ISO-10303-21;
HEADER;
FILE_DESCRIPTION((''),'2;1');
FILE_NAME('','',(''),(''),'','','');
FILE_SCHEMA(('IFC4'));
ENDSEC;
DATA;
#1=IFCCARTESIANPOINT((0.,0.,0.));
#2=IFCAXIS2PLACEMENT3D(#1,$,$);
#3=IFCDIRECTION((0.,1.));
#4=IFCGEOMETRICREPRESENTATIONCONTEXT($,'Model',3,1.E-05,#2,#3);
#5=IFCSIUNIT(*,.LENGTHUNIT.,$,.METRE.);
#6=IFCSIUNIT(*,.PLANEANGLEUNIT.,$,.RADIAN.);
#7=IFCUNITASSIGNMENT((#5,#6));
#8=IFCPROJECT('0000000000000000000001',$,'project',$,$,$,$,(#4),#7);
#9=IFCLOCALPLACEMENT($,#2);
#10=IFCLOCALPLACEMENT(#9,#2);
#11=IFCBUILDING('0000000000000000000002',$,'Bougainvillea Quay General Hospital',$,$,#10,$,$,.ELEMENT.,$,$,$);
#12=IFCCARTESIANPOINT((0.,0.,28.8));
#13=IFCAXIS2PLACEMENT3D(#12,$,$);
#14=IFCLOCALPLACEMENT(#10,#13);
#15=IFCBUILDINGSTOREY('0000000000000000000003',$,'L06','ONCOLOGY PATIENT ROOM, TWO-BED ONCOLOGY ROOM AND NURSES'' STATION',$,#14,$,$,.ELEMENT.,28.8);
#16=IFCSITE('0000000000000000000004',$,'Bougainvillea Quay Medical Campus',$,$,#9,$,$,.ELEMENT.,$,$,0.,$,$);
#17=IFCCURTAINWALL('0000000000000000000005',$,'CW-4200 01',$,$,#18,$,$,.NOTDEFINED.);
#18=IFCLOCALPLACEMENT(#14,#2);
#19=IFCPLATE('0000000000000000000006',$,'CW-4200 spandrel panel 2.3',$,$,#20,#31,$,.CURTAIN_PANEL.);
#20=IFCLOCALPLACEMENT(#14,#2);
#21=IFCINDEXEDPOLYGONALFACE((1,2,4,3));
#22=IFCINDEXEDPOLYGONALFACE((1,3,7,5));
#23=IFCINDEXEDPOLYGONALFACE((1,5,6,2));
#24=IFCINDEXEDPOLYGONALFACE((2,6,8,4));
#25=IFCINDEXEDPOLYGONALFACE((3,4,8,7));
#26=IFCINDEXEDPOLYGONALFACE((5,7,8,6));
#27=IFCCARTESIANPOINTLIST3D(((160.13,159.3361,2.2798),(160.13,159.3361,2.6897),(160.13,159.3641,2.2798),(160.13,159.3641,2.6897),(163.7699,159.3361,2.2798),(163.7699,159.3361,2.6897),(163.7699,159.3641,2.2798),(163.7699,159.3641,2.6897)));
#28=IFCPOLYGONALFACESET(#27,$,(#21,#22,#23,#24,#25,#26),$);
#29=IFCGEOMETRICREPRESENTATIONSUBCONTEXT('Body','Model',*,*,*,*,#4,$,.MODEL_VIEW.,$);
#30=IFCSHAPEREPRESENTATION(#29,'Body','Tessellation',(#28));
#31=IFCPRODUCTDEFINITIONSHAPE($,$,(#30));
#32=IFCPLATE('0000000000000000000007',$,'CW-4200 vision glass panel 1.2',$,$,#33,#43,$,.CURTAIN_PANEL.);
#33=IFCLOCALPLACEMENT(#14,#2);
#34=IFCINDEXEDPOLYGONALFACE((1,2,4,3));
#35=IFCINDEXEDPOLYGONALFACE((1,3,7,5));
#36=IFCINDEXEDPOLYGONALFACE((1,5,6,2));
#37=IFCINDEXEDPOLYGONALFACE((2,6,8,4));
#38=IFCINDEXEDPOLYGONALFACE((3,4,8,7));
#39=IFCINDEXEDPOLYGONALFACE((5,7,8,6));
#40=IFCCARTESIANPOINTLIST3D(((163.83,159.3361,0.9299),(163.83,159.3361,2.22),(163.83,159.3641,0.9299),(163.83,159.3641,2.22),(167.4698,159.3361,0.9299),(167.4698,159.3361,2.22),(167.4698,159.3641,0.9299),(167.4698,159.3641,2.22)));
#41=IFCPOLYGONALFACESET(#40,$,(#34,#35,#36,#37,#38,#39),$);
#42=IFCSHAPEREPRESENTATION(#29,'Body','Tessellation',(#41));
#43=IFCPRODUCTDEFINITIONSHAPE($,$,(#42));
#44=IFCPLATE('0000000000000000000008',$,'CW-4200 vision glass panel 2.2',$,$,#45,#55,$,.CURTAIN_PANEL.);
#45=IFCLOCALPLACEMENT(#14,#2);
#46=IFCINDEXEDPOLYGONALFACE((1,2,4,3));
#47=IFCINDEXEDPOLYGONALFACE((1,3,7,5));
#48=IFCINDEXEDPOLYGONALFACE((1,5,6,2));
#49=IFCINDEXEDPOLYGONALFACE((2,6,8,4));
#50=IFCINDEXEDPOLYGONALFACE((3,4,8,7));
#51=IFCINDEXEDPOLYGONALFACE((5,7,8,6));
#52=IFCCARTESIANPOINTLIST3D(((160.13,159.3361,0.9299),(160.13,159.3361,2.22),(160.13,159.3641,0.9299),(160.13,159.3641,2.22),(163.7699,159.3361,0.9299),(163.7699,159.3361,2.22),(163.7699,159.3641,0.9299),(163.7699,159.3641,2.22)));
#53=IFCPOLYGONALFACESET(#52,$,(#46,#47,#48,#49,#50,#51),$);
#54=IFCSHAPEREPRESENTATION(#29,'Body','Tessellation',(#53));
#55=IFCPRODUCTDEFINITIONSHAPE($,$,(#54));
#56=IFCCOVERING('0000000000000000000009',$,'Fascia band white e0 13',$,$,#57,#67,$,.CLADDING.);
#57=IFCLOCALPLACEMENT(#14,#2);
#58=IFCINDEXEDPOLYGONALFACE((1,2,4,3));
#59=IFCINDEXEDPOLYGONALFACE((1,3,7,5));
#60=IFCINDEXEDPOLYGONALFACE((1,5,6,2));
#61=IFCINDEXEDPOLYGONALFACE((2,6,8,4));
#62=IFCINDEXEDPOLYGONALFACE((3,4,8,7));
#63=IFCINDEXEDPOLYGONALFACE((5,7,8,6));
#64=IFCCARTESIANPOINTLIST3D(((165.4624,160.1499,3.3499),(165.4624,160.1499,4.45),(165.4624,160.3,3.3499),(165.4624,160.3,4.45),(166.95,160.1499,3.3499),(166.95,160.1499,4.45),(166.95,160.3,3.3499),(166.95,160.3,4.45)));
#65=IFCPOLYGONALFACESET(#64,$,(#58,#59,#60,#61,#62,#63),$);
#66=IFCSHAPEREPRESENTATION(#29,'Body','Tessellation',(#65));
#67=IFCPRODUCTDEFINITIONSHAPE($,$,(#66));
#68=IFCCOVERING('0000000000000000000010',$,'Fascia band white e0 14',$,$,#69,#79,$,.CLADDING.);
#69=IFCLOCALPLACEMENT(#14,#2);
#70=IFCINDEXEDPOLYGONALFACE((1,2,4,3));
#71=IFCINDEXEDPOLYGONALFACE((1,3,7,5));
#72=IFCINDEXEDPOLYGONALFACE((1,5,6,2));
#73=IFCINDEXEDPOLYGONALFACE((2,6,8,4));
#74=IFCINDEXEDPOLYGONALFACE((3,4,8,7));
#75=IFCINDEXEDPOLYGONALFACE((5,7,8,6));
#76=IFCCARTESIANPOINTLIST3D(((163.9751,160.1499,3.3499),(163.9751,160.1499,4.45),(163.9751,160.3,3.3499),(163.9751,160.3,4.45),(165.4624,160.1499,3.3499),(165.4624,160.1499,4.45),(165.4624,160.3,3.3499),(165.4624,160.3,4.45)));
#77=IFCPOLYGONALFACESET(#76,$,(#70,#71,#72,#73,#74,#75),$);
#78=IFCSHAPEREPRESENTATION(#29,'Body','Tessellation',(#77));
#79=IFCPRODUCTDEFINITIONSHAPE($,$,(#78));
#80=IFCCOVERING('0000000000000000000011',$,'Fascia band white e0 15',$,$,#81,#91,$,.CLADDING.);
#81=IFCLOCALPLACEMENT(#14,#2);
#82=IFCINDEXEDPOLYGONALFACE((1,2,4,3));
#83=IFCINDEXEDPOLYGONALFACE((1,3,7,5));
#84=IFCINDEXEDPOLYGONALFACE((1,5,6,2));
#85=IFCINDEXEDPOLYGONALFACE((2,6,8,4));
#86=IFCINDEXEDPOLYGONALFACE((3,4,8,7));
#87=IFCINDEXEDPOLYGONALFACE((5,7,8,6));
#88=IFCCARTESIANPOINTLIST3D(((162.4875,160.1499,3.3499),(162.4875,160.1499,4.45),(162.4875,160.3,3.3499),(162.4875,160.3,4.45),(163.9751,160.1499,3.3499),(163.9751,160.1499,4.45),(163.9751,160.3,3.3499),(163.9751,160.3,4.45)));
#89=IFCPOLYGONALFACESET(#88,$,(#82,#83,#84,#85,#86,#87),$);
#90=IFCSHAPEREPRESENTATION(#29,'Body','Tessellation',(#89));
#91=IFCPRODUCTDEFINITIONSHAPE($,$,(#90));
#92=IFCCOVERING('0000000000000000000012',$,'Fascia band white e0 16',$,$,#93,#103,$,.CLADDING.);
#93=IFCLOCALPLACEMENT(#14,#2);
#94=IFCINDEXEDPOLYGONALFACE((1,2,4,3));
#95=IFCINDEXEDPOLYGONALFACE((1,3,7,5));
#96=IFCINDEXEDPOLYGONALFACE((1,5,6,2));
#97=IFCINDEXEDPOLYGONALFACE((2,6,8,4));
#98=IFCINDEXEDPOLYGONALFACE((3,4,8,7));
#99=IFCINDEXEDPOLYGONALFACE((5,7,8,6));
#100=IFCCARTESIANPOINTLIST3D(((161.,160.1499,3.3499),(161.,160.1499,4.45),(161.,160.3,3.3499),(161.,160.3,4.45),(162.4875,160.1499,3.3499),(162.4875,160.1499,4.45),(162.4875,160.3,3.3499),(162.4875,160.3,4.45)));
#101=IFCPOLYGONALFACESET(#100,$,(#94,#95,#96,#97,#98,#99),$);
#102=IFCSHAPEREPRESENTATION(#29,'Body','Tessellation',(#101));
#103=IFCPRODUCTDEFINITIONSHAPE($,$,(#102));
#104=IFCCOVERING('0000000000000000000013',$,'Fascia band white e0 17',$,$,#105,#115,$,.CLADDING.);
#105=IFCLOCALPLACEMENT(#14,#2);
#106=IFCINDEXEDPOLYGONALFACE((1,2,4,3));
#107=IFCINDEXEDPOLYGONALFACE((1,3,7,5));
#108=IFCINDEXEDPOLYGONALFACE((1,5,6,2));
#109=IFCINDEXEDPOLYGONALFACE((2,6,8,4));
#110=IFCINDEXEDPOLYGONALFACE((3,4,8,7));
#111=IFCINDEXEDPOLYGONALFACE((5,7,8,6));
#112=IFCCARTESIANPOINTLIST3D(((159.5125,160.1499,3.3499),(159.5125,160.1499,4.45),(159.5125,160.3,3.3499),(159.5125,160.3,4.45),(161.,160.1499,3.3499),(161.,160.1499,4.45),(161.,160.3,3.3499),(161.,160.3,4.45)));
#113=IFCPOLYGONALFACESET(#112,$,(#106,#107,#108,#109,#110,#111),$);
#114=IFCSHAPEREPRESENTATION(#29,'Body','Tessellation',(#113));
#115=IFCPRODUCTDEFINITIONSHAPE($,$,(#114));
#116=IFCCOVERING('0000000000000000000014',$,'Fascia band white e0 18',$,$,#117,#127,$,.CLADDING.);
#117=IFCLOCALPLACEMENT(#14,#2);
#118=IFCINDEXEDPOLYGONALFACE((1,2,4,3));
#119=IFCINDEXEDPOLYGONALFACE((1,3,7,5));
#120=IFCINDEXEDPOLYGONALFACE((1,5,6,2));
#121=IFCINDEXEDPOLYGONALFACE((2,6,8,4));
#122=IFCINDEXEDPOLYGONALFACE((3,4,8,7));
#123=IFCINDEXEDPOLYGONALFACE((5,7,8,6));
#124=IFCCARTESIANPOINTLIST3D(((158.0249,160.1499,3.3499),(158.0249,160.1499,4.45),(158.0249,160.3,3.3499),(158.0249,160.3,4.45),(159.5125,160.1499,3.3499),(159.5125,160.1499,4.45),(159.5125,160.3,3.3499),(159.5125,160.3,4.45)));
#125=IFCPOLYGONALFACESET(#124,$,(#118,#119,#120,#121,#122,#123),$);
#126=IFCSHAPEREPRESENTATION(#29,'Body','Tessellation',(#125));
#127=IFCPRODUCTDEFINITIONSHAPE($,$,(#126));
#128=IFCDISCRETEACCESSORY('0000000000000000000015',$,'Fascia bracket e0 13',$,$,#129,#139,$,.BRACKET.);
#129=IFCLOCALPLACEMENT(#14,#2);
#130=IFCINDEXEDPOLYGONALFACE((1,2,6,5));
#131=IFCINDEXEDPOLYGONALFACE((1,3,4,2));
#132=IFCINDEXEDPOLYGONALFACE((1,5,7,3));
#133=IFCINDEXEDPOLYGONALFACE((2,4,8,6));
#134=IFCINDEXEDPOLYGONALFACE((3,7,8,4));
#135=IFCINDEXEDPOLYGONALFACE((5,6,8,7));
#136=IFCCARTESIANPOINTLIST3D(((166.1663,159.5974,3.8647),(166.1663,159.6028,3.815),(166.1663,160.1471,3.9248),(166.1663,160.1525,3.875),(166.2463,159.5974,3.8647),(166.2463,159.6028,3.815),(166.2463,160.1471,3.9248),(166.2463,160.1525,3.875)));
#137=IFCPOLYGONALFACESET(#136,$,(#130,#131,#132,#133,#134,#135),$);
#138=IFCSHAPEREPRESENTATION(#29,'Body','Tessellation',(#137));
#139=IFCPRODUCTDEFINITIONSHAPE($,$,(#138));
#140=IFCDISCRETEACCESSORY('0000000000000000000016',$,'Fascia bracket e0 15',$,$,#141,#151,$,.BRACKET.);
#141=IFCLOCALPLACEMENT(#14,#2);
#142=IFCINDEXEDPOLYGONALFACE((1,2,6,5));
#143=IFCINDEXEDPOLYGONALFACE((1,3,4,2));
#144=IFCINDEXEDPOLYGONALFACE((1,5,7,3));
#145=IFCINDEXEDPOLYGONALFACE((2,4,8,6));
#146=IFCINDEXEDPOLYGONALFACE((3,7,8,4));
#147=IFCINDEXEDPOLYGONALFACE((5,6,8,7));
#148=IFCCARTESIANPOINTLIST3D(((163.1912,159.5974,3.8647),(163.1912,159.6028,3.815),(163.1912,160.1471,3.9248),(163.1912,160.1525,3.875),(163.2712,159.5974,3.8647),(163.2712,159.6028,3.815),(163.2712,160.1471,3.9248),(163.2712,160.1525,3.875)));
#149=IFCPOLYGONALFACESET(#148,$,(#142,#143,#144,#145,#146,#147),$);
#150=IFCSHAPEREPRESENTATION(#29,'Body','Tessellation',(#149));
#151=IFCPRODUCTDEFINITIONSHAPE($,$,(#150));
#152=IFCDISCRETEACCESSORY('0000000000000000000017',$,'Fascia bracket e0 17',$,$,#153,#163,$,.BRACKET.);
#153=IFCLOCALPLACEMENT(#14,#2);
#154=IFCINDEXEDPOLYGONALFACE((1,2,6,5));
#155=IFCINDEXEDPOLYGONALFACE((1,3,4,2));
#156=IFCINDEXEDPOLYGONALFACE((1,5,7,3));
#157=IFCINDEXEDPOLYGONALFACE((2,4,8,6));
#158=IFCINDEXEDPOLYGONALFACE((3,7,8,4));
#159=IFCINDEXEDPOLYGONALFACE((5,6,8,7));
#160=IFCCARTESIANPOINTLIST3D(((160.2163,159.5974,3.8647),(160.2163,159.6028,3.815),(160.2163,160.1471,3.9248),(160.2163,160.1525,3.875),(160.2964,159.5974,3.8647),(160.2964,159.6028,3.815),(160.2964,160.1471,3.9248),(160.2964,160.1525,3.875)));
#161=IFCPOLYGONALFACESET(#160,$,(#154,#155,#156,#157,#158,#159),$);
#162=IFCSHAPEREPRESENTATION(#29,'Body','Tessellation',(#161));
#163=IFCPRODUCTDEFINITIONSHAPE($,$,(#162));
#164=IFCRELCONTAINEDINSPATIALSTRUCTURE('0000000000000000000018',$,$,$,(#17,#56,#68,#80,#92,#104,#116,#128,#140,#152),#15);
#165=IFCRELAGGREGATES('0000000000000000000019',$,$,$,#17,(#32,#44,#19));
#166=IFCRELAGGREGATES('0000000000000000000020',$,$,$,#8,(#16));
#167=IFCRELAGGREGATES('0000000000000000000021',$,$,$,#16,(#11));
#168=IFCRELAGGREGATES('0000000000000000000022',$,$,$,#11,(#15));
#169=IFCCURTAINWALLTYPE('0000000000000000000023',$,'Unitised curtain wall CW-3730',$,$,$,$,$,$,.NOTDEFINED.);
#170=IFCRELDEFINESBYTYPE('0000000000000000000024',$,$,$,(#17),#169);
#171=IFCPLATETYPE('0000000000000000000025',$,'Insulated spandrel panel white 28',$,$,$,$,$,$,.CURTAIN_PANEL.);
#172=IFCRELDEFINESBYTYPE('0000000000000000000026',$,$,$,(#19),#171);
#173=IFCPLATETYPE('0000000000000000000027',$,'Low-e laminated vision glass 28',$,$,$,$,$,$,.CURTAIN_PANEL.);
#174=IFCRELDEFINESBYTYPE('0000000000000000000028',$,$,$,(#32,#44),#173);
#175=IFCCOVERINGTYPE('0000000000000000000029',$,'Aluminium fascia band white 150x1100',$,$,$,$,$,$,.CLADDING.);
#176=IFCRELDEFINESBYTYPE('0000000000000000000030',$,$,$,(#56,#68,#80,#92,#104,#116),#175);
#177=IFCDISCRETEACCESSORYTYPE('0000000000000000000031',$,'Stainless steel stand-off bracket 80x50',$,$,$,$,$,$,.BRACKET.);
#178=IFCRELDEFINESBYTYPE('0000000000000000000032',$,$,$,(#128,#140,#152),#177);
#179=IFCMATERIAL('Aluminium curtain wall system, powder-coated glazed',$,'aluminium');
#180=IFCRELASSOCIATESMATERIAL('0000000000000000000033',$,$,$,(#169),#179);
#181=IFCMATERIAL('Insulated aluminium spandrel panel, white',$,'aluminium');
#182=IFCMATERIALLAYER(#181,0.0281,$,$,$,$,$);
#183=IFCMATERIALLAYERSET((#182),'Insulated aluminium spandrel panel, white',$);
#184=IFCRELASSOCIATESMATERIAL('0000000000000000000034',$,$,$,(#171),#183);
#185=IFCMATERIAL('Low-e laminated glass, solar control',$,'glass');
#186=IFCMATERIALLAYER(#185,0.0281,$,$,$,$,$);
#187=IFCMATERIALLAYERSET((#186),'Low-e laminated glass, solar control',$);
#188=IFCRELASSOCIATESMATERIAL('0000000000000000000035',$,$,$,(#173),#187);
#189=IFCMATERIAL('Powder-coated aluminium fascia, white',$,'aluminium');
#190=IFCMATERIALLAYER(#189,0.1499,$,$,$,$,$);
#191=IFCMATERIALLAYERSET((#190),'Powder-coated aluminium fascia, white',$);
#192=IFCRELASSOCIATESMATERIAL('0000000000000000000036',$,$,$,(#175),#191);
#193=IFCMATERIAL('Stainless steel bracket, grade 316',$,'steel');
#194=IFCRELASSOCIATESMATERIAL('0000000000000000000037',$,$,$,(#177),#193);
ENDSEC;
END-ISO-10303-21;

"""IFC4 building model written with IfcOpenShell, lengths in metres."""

from ifc_helpers import new_model, si_unit, direction, frame, origin, origin_2d, place, context, subcontext, project, spatial, polyline, rectangle, outline, extrude, material, layer, layer_set, material_profile, profile_set, type_object, element, aggregate, save


model = new_model("IFC4")

# Units and contexts
model_context = context("Model", 3, precision=1e-05, world=origin(), true_north=direction((0.0, 1.0)))
body_context = subcontext(model_context, "Body", "Model", "MODEL_VIEW")
ifc_project = project(units=[si_unit("LENGTHUNIT", "METRE"), si_unit("PLANEANGLEUNIT", "RADIAN")], contexts=[model_context])

# Site, building, storey
site_placement = place(None, origin())
site = spatial("IfcSite", under=ifc_project, at=site_placement, Name="Bougainvillea Quay Medical Campus", CompositionType="ELEMENT", RefElevation=0.0)
building_placement = place(site_placement, origin())
building = spatial("IfcBuilding", under=site, at=building_placement, Name="Bougainvillea Quay General Hospital", CompositionType="ELEMENT")
storey_placement = place(building_placement, frame((0.0, 0.0, 28.8)))
storey = spatial("IfcBuildingStorey", under=building, at=storey_placement, Name="L06", Description="ONCOLOGY PATIENT ROOM, TWO-BED ONCOLOGY ROOM AND NURSES' STATION", CompositionType="ELEMENT", Elevation=28.8)

# Curtain wall
ifc_material_1 = material(Name="Aluminium curtain wall system, powder-coated glazed", Category="aluminium")
curtain_wall_type = type_object("IfcCurtainWallType", Name="Unitised curtain wall CW-3730", PredefinedType="NOTDEFINED", material=ifc_material_1)
curtain_wall_placement = place(storey_placement, origin())
curtain_wall = element("IfcCurtainWall", 1, at=curtain_wall_placement, inside=storey, type_object=curtain_wall_type, Name="CW-4200 01", PredefinedType="NOTDEFINED")

# Plates
ifc_material_2 = material(Name="Insulated aluminium spandrel panel, white", Category="aluminium")
ifc_layer_1 = layer(ifc_material_2, 0.0281)
ifc_layer_set_1 = layer_set([ifc_layer_1], Name="Insulated aluminium spandrel panel, white")
plate_type_1 = type_object("IfcPlateType", Name="Insulated spandrel panel white 28", PredefinedType="CURTAIN_PANEL", material=ifc_layer_set_1)
plate_1_placement = place(storey_placement, frame((161.95, 159.3501, 2.2798), z_axis=(0.0, 0.0, 1.0), x_axis=(-1.0, 0.0, 0.0)))
plate_1 = element("IfcPlate", 2, at=plate_1_placement, type_object=plate_type_1, Name="CW-4200 spandrel panel 2.3", PredefinedType="CURTAIN_PANEL", context=body_context, shape_type="SweptSolid", body=[
    extrude(rectangle(XDim=3.6399, YDim=0.0281, at=origin_2d()), origin(), (0.0, 0.0, 1.0), 0.4099),
])
ifc_material_3 = material(Name="Low-e laminated glass, solar control", Category="glass")
ifc_layer_2 = layer(ifc_material_3, 0.0281)
ifc_layer_set_2 = layer_set([ifc_layer_2], Name="Low-e laminated glass, solar control")
plate_type_2 = type_object("IfcPlateType", Name="Low-e laminated vision glass 28", PredefinedType="CURTAIN_PANEL", material=ifc_layer_set_2)
plate_2_placement = place(storey_placement, frame((165.6499, 159.3501, 0.9299), z_axis=(0.0, 0.0, 1.0), x_axis=(-1.0, 0.0, 0.0)))
plate_2 = element("IfcPlate", 3, at=plate_2_placement, type_object=plate_type_2, Name="CW-4200 vision glass panel 1.2", PredefinedType="CURTAIN_PANEL", context=body_context, shape_type="SweptSolid", body=[
    extrude(rectangle(XDim=3.6399, YDim=0.0281, at=origin_2d()), origin(), (0.0, 0.0, 1.0), 1.29),
])
plate_3_placement = place(storey_placement, frame((161.95, 159.3501, 0.9299), z_axis=(0.0, 0.0, 1.0), x_axis=(-1.0, 0.0, 0.0)))
plate_3 = element("IfcPlate", 4, at=plate_3_placement, type_object=plate_type_2, Name="CW-4200 vision glass panel 2.2", PredefinedType="CURTAIN_PANEL", context=body_context, shape_type="SweptSolid", body=[
    extrude(rectangle(XDim=3.6399, YDim=0.0281, at=origin_2d()), origin(), (0.0, 0.0, 1.0), 1.29),
])
aggregate(curtain_wall, [plate_2, plate_3, plate_1])

# Coverings
ifc_material_4 = material(Name="Powder-coated aluminium fascia, white", Category="aluminium")
ifc_layer_3 = layer(ifc_material_4, 0.1499)
ifc_layer_set_3 = layer_set([ifc_layer_3], Name="Powder-coated aluminium fascia, white")
covering_type = type_object("IfcCoveringType", Name="Aluminium fascia band white 150x1100", PredefinedType="CLADDING", material=ifc_layer_set_3)
covering_1_placement = place(storey_placement, frame((166.95, 160.1499, 3.3499), z_axis=(0.0, 0.0, 1.0), x_axis=(-1.0, 0.0, 0.0)))
element("IfcCovering", 5, at=covering_1_placement, inside=storey, type_object=covering_type, Name="Fascia band white e0 13", PredefinedType="CLADDING", context=body_context, shape_type="SweptSolid", body=[
    extrude(outline(polyline([(0.0, 0.0), (1.4875, 0.0), (1.4875, -0.1501), (0.0, -0.1501), (0.0, 0.0)])), origin(), (0.0, 0.0, 1.0), 1.1001),
])
covering_2_placement = place(storey_placement, frame((165.4624, 160.1499, 3.3499), z_axis=(0.0, 0.0, 1.0), x_axis=(-1.0, 0.0, 0.0)))
element("IfcCovering", 6, at=covering_2_placement, inside=storey, type_object=covering_type, Name="Fascia band white e0 14", PredefinedType="CLADDING", context=body_context, shape_type="SweptSolid", body=[
    extrude(outline(polyline([(0.0, 0.0), (1.4873, 0.0), (1.4873, -0.1501), (0.0, -0.1501), (0.0, 0.0)])), origin(), (0.0, 0.0, 1.0), 1.1001),
])
for number, where, z_axis, x_axis, name in (
    (7, (163.9751, 160.1499, 3.3499), (0.0, 0.0, 1.0), (-1.0, 0.0, 0.0), "Fascia band white e0 15"),
    (8, (162.4875, 160.1499, 3.3499), (0.0, 0.0, 1.0), (-1.0, 0.0, 0.0), "Fascia band white e0 16"),
    (9, (161.0, 160.1499, 3.3499), (0.0, 0.0, 1.0), (-1.0, 0.0, 0.0), "Fascia band white e0 17"),
    (10, (159.5125, 160.1499, 3.3499), (0.0, 0.0, 1.0), (-1.0, 0.0, 0.0), "Fascia band white e0 18"),
):
    element("IfcCovering", number, at=place(storey_placement, frame(where, z_axis=z_axis, x_axis=x_axis)), inside=storey, type_object=covering_type, Name=name, PredefinedType="CLADDING", context=body_context, shape_type="SweptSolid", body=[
        extrude(outline(polyline([(0.0, 0.0), (1.4875, 0.0), (1.4875, -0.1501), (0.0, -0.1501), (0.0, 0.0)])), origin(), (0.0, 0.0, 1.0), 1.1001),
    ])

# Discrete accessories
ifc_material_5 = material(Name="Stainless steel bracket, grade 316", Category="steel")
ifc_material_profile_1 = material_profile(ifc_material_5, rectangle(XDim=0.0801, YDim=0.05, at=origin_2d()))
ifc_profile_set_1 = profile_set([ifc_material_profile_1], Name="Stainless steel bracket, grade 316")
discrete_accessory_type = type_object("IfcDiscreteAccessoryType", Name="Stainless steel stand-off bracket 80x50", PredefinedType="BRACKET", material=ifc_profile_set_1)
for number, where, z_axis, x_axis, name in (
    (11, (166.2063, 159.6001, 3.8398), (0.0, 0.994087, 0.10859), (-1.0, 0.0, 0.0), "Fascia bracket e0 13"),
    (12, (163.2312, 159.6001, 3.8398), (0.0, 0.994087, 0.10859), (-1.0, 0.0, 0.0), "Fascia bracket e0 15"),
    (13, (160.2563, 159.6001, 3.8398), (0.0, 0.994087, 0.10859), (-1.0, 0.0, 0.0), "Fascia bracket e0 17"),
):
    element("IfcDiscreteAccessory", number, at=place(storey_placement, frame(where, z_axis=z_axis, x_axis=x_axis)), inside=storey, type_object=discrete_accessory_type, Name=name, PredefinedType="BRACKET", context=body_context, shape_type="SweptSolid", body=[
        extrude(rectangle(XDim=0.0801, YDim=0.05, at=origin_2d()), origin(), (0.0, 0.0, 1.0), 0.553),
    ])

save(model, "model.ifc")
